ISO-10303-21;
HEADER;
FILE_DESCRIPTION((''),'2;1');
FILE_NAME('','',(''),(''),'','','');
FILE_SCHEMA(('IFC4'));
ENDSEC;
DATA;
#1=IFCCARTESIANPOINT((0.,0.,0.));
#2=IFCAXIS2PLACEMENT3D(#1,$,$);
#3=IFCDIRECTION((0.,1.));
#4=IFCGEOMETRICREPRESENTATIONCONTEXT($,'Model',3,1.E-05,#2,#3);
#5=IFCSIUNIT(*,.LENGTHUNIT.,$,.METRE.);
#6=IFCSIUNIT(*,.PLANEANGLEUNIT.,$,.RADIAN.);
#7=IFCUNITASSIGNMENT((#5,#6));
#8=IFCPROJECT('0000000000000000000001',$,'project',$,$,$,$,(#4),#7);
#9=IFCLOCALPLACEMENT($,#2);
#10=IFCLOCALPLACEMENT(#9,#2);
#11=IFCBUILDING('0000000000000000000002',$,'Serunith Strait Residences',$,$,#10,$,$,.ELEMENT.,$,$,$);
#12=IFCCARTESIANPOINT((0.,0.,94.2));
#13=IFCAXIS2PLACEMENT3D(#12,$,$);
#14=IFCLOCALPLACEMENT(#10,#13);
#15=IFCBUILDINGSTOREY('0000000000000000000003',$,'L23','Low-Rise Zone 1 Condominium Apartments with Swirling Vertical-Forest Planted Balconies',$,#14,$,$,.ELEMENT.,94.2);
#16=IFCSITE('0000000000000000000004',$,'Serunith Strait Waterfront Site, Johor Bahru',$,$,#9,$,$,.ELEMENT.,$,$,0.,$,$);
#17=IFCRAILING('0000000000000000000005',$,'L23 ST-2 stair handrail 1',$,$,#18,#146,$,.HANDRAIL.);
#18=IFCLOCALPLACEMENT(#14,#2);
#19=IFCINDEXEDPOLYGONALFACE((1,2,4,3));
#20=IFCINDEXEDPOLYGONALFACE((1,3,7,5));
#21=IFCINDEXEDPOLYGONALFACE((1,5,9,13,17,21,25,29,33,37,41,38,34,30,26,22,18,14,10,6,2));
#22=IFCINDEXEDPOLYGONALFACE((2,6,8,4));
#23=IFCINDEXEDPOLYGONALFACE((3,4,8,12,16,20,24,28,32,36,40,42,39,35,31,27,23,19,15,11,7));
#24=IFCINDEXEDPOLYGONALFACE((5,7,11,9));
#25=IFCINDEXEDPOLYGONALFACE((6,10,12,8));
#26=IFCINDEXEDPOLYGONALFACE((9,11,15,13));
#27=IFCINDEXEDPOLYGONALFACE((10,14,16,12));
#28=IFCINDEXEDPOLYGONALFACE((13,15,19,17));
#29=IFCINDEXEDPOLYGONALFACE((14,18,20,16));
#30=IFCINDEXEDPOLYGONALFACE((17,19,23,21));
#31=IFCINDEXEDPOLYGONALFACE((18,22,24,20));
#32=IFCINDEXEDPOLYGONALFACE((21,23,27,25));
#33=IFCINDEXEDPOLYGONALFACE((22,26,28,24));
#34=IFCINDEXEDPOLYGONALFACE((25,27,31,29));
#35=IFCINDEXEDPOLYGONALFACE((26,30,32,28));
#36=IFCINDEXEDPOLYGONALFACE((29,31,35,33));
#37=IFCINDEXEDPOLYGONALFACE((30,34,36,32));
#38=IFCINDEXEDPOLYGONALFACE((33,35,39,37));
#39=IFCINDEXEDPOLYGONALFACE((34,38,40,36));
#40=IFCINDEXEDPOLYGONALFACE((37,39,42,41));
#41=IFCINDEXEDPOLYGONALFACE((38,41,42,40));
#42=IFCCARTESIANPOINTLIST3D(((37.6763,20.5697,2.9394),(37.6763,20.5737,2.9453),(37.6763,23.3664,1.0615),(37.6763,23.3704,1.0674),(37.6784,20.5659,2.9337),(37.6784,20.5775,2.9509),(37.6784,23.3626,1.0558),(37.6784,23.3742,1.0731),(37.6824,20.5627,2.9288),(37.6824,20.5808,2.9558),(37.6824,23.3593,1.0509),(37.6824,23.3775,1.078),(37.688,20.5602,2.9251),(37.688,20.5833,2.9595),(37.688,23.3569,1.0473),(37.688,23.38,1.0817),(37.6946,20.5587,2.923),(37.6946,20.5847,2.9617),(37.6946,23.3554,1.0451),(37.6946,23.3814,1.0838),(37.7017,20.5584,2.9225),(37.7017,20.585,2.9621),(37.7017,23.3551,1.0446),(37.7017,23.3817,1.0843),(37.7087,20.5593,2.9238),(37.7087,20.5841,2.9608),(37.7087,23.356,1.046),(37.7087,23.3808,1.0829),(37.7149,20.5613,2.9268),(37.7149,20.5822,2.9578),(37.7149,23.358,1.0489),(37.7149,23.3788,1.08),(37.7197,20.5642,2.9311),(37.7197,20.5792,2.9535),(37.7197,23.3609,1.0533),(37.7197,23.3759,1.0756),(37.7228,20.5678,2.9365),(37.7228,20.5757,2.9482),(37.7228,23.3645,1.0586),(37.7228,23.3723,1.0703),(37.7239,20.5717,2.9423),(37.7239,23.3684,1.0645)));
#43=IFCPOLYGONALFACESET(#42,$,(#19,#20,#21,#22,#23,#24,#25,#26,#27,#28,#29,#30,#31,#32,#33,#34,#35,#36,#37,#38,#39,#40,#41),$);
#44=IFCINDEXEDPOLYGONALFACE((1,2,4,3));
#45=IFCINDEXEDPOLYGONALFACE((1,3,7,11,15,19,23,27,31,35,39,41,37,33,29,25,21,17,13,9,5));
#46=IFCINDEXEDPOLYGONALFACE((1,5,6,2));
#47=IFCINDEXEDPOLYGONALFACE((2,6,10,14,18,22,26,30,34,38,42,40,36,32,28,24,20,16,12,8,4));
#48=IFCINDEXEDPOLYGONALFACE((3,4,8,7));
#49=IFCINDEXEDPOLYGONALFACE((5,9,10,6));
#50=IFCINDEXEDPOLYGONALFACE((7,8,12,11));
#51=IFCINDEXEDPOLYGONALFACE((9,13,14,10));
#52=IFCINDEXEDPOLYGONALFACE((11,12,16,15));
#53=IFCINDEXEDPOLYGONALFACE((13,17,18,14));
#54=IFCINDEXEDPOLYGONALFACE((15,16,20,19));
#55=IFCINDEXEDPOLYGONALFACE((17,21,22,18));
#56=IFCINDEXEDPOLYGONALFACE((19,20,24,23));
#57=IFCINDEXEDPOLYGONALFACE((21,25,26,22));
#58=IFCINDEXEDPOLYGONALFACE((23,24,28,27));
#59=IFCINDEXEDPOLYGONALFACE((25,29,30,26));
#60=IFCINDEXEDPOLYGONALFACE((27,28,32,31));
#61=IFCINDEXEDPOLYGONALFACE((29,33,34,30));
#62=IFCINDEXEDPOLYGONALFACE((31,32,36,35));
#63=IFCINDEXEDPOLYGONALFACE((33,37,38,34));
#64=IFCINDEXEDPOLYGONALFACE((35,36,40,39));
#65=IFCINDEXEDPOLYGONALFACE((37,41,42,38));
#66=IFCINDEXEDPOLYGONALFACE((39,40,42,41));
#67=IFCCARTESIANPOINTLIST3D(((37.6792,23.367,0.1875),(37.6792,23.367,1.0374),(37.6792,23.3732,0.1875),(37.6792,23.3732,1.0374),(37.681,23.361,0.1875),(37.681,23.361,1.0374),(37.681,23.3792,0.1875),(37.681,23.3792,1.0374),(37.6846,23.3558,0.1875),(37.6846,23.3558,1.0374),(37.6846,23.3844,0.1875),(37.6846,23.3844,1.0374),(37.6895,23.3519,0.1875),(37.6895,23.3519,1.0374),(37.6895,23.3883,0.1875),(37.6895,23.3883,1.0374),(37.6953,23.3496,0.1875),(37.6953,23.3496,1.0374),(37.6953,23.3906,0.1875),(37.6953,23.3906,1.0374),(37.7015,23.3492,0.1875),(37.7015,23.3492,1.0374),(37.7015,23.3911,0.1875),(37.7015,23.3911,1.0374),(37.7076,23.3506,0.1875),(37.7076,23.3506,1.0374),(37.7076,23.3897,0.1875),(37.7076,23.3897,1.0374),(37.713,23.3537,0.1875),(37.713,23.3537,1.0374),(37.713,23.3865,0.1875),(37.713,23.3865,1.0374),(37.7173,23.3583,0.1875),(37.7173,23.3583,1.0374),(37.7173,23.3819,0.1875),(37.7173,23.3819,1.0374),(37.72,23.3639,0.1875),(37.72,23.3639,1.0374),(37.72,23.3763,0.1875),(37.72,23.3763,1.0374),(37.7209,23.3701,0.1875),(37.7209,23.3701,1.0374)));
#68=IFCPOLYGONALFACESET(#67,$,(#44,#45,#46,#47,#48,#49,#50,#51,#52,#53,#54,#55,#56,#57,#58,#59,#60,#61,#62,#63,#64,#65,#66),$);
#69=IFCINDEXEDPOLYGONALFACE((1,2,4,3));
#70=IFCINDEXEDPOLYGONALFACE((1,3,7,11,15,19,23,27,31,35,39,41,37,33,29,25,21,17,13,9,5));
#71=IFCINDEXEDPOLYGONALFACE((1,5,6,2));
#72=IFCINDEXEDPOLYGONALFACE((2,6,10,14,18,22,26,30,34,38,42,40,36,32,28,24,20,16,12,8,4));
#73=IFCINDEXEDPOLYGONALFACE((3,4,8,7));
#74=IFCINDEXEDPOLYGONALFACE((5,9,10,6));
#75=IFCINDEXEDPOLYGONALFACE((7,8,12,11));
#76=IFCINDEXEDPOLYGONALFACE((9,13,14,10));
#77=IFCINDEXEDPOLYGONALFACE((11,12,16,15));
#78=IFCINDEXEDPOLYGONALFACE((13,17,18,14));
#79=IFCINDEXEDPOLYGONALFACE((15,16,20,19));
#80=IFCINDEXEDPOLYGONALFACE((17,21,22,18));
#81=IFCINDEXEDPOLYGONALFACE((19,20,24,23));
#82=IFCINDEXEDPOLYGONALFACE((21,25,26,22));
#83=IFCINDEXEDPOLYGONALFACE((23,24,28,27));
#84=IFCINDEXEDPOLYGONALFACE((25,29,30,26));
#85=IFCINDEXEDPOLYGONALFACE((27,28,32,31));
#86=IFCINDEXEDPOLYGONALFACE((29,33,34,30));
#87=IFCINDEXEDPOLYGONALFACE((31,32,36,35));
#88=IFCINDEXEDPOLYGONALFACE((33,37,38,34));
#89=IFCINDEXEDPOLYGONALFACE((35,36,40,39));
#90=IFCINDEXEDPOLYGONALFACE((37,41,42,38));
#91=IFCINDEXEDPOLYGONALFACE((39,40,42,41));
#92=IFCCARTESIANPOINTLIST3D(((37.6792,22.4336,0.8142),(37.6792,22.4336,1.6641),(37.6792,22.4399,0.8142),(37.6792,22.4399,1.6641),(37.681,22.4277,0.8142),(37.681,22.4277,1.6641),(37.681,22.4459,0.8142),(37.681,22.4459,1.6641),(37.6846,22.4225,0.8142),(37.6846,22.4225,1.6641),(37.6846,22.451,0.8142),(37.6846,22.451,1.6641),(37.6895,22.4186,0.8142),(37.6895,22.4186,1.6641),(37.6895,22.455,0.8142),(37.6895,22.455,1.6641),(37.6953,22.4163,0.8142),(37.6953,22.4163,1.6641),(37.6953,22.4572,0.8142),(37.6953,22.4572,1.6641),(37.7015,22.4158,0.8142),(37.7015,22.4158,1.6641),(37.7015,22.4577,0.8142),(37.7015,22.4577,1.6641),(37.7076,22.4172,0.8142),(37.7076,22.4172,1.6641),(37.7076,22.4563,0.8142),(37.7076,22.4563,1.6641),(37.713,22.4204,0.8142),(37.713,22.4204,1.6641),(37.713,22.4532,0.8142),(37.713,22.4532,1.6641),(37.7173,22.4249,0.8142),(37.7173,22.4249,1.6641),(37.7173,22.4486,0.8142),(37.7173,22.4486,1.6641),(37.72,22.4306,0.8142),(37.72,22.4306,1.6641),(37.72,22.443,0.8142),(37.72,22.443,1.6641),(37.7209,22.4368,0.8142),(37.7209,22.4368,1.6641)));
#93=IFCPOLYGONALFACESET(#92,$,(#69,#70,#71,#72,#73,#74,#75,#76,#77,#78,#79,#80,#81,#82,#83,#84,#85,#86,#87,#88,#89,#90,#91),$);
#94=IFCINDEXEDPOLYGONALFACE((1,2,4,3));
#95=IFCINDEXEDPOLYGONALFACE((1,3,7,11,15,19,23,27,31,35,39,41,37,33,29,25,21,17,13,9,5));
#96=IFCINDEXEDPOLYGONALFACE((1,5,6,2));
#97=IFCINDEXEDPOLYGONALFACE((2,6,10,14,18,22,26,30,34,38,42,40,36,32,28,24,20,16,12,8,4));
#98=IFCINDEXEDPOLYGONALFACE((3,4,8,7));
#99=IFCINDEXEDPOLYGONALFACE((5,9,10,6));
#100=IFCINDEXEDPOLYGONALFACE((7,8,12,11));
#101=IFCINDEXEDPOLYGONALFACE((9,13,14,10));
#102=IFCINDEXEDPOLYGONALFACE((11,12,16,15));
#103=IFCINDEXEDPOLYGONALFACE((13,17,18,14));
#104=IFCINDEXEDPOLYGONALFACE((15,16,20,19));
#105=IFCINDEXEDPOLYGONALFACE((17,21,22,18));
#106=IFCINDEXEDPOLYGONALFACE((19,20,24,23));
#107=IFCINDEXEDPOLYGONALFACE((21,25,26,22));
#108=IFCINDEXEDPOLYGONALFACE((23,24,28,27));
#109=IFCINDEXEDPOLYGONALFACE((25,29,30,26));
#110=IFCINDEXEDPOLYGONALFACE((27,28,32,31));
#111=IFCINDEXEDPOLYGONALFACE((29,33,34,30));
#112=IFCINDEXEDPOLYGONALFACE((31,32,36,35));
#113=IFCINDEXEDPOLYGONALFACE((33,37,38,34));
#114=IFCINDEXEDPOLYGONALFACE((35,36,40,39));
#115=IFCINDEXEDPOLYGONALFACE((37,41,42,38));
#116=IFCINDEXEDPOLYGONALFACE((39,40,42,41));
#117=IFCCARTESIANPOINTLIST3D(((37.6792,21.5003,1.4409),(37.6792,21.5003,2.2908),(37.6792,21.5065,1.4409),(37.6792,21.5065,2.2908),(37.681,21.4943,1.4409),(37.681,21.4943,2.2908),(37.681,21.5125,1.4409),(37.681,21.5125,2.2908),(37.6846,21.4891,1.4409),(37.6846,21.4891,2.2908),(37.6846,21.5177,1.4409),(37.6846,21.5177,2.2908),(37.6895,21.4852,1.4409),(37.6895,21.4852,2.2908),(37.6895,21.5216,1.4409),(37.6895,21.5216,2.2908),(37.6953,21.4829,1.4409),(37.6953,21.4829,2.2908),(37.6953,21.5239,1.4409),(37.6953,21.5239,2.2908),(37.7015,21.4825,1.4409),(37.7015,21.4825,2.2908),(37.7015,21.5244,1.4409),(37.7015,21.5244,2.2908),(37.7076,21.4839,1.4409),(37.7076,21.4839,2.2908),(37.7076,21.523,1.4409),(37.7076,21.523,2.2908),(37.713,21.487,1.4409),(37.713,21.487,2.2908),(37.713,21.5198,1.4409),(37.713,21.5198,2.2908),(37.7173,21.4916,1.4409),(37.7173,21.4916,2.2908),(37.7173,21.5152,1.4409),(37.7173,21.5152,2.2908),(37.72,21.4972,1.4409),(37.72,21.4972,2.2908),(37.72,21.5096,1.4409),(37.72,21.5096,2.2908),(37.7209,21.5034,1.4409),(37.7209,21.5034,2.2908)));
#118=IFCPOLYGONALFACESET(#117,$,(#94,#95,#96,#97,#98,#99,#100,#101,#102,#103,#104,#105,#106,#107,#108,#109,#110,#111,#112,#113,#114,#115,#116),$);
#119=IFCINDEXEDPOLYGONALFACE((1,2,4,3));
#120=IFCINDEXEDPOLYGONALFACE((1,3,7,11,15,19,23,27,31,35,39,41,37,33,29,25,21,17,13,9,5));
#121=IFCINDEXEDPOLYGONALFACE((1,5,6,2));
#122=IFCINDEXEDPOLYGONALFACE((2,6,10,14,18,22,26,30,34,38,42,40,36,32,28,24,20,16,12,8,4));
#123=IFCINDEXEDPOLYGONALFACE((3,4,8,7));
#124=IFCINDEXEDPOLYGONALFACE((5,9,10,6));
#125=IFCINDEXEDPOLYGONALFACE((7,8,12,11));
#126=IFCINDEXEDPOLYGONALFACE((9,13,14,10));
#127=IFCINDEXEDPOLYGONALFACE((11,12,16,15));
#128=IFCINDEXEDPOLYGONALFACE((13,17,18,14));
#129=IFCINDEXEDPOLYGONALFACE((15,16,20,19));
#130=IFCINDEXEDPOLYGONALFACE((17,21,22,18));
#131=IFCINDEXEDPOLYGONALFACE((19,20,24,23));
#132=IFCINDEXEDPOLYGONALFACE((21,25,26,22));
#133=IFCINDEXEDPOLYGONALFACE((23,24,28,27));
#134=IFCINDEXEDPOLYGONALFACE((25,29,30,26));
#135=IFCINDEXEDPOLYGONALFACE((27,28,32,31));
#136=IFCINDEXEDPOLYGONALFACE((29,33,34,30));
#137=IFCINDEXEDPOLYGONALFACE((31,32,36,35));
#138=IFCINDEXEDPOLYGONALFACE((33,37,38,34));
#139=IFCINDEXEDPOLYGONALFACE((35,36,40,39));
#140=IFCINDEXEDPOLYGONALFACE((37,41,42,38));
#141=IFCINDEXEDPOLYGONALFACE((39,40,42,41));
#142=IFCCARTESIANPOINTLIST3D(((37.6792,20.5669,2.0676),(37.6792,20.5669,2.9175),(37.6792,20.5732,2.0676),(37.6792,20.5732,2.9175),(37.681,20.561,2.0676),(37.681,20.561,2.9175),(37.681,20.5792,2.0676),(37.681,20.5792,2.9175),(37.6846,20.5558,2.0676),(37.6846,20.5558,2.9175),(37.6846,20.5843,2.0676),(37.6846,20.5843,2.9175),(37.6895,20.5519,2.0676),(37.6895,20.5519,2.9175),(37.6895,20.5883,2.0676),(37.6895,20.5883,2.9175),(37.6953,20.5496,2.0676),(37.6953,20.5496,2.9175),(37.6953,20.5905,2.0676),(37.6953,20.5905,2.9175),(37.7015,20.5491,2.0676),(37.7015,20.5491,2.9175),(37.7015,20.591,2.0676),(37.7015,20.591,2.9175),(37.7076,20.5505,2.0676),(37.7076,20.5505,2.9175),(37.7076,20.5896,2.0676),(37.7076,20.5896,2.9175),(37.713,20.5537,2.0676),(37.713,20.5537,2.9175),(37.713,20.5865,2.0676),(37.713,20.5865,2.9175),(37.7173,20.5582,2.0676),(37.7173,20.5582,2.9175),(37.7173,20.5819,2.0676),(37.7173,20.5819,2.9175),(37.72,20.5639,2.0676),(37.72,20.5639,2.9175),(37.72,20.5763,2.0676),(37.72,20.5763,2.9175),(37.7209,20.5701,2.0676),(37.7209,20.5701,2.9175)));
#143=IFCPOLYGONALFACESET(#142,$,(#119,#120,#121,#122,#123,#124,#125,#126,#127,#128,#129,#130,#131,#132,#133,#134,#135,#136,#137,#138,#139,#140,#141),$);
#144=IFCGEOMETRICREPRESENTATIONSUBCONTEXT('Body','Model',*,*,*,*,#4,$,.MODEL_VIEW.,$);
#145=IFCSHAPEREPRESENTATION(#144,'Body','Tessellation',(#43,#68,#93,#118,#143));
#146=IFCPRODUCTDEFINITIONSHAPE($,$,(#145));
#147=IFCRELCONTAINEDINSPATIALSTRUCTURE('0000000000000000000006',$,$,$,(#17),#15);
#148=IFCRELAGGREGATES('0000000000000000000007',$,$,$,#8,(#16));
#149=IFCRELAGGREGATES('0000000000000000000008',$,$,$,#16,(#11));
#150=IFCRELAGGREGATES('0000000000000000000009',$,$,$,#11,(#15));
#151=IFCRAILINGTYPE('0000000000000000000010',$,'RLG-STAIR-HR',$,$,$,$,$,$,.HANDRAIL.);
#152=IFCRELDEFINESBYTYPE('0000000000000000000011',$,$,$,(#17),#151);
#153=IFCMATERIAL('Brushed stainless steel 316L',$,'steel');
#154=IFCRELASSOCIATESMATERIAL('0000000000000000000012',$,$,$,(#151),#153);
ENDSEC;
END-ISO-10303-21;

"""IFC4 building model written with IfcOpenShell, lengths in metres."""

from ifc_helpers import new_model, si_unit, direction, frame, origin, origin_2d, place, context, subcontext, project, spatial, circle, extrude, material, type_object, element, save


model = new_model("IFC4")

# Units and contexts
model_context = context("Model", 3, precision=1e-05, world=origin(), true_north=direction((0.0, 1.0)))
body_context = subcontext(model_context, "Body", "Model", "MODEL_VIEW")
ifc_project = project(units=[si_unit("LENGTHUNIT", "METRE"), si_unit("PLANEANGLEUNIT", "RADIAN")], contexts=[model_context])

# Site, building, storey
site_placement = place(None, origin())
site = spatial("IfcSite", under=ifc_project, at=site_placement, Name="Serunith Strait Waterfront Site, Johor Bahru", CompositionType="ELEMENT", RefElevation=0.0)
building_placement = place(site_placement, origin())
building = spatial("IfcBuilding", under=site, at=building_placement, Name="Serunith Strait Residences", CompositionType="ELEMENT")
storey_placement = place(building_placement, frame((0.0, 0.0, 94.2)))
storey = spatial("IfcBuildingStorey", under=building, at=storey_placement, Name="L23", Description="Low-Rise Zone 1 Condominium Apartments with Swirling Vertical-Forest Planted Balconies", CompositionType="ELEMENT", Elevation=94.2)

# Railing
ifc_material_1 = material(Name="Brushed stainless steel 316L", Category="steel")
railing_type_1 = type_object("IfcRailingType", Name="RLG-STAIR-HR", PredefinedType="HANDRAIL", material=ifc_material_1)
railing_1_placement = place(storey_placement, frame((37.7, 23.3701, 0.1875)))
element("IfcRailing", 1, at=railing_1_placement, inside=storey, type_object=railing_type_1, Name="L23 ST-2 stair handrail 1", PredefinedType="HANDRAIL", context=body_context, shape_type="SweptSolid", body=[
    extrude(circle(Radius=0.0239, at=origin_2d()), frame((0.0, -0.0017, 0.877), z_axis=(0.0, -0.830208, 0.557453), x_axis=(1.0, 0.0, 0.0)), (0.0, 0.0, 1.0), 3.3687),
    extrude(circle(Radius=0.021, at=origin_2d()), origin(), (0.0, 0.0, 1.0), 0.8499),
    extrude(circle(Radius=0.021, at=origin_2d()), frame((0.0, -0.9333, 0.6267)), (0.0, 0.0, 1.0), 0.8499),
    extrude(circle(Radius=0.021, at=origin_2d()), frame((0.0, -1.8667, 1.2534)), (0.0, 0.0, 1.0), 0.8499),
    extrude(circle(Radius=0.021, at=origin_2d()), frame((0.0, -2.8, 1.8801)), (0.0, 0.0, 1.0), 0.8499),
])

save(model, "model.ifc")
